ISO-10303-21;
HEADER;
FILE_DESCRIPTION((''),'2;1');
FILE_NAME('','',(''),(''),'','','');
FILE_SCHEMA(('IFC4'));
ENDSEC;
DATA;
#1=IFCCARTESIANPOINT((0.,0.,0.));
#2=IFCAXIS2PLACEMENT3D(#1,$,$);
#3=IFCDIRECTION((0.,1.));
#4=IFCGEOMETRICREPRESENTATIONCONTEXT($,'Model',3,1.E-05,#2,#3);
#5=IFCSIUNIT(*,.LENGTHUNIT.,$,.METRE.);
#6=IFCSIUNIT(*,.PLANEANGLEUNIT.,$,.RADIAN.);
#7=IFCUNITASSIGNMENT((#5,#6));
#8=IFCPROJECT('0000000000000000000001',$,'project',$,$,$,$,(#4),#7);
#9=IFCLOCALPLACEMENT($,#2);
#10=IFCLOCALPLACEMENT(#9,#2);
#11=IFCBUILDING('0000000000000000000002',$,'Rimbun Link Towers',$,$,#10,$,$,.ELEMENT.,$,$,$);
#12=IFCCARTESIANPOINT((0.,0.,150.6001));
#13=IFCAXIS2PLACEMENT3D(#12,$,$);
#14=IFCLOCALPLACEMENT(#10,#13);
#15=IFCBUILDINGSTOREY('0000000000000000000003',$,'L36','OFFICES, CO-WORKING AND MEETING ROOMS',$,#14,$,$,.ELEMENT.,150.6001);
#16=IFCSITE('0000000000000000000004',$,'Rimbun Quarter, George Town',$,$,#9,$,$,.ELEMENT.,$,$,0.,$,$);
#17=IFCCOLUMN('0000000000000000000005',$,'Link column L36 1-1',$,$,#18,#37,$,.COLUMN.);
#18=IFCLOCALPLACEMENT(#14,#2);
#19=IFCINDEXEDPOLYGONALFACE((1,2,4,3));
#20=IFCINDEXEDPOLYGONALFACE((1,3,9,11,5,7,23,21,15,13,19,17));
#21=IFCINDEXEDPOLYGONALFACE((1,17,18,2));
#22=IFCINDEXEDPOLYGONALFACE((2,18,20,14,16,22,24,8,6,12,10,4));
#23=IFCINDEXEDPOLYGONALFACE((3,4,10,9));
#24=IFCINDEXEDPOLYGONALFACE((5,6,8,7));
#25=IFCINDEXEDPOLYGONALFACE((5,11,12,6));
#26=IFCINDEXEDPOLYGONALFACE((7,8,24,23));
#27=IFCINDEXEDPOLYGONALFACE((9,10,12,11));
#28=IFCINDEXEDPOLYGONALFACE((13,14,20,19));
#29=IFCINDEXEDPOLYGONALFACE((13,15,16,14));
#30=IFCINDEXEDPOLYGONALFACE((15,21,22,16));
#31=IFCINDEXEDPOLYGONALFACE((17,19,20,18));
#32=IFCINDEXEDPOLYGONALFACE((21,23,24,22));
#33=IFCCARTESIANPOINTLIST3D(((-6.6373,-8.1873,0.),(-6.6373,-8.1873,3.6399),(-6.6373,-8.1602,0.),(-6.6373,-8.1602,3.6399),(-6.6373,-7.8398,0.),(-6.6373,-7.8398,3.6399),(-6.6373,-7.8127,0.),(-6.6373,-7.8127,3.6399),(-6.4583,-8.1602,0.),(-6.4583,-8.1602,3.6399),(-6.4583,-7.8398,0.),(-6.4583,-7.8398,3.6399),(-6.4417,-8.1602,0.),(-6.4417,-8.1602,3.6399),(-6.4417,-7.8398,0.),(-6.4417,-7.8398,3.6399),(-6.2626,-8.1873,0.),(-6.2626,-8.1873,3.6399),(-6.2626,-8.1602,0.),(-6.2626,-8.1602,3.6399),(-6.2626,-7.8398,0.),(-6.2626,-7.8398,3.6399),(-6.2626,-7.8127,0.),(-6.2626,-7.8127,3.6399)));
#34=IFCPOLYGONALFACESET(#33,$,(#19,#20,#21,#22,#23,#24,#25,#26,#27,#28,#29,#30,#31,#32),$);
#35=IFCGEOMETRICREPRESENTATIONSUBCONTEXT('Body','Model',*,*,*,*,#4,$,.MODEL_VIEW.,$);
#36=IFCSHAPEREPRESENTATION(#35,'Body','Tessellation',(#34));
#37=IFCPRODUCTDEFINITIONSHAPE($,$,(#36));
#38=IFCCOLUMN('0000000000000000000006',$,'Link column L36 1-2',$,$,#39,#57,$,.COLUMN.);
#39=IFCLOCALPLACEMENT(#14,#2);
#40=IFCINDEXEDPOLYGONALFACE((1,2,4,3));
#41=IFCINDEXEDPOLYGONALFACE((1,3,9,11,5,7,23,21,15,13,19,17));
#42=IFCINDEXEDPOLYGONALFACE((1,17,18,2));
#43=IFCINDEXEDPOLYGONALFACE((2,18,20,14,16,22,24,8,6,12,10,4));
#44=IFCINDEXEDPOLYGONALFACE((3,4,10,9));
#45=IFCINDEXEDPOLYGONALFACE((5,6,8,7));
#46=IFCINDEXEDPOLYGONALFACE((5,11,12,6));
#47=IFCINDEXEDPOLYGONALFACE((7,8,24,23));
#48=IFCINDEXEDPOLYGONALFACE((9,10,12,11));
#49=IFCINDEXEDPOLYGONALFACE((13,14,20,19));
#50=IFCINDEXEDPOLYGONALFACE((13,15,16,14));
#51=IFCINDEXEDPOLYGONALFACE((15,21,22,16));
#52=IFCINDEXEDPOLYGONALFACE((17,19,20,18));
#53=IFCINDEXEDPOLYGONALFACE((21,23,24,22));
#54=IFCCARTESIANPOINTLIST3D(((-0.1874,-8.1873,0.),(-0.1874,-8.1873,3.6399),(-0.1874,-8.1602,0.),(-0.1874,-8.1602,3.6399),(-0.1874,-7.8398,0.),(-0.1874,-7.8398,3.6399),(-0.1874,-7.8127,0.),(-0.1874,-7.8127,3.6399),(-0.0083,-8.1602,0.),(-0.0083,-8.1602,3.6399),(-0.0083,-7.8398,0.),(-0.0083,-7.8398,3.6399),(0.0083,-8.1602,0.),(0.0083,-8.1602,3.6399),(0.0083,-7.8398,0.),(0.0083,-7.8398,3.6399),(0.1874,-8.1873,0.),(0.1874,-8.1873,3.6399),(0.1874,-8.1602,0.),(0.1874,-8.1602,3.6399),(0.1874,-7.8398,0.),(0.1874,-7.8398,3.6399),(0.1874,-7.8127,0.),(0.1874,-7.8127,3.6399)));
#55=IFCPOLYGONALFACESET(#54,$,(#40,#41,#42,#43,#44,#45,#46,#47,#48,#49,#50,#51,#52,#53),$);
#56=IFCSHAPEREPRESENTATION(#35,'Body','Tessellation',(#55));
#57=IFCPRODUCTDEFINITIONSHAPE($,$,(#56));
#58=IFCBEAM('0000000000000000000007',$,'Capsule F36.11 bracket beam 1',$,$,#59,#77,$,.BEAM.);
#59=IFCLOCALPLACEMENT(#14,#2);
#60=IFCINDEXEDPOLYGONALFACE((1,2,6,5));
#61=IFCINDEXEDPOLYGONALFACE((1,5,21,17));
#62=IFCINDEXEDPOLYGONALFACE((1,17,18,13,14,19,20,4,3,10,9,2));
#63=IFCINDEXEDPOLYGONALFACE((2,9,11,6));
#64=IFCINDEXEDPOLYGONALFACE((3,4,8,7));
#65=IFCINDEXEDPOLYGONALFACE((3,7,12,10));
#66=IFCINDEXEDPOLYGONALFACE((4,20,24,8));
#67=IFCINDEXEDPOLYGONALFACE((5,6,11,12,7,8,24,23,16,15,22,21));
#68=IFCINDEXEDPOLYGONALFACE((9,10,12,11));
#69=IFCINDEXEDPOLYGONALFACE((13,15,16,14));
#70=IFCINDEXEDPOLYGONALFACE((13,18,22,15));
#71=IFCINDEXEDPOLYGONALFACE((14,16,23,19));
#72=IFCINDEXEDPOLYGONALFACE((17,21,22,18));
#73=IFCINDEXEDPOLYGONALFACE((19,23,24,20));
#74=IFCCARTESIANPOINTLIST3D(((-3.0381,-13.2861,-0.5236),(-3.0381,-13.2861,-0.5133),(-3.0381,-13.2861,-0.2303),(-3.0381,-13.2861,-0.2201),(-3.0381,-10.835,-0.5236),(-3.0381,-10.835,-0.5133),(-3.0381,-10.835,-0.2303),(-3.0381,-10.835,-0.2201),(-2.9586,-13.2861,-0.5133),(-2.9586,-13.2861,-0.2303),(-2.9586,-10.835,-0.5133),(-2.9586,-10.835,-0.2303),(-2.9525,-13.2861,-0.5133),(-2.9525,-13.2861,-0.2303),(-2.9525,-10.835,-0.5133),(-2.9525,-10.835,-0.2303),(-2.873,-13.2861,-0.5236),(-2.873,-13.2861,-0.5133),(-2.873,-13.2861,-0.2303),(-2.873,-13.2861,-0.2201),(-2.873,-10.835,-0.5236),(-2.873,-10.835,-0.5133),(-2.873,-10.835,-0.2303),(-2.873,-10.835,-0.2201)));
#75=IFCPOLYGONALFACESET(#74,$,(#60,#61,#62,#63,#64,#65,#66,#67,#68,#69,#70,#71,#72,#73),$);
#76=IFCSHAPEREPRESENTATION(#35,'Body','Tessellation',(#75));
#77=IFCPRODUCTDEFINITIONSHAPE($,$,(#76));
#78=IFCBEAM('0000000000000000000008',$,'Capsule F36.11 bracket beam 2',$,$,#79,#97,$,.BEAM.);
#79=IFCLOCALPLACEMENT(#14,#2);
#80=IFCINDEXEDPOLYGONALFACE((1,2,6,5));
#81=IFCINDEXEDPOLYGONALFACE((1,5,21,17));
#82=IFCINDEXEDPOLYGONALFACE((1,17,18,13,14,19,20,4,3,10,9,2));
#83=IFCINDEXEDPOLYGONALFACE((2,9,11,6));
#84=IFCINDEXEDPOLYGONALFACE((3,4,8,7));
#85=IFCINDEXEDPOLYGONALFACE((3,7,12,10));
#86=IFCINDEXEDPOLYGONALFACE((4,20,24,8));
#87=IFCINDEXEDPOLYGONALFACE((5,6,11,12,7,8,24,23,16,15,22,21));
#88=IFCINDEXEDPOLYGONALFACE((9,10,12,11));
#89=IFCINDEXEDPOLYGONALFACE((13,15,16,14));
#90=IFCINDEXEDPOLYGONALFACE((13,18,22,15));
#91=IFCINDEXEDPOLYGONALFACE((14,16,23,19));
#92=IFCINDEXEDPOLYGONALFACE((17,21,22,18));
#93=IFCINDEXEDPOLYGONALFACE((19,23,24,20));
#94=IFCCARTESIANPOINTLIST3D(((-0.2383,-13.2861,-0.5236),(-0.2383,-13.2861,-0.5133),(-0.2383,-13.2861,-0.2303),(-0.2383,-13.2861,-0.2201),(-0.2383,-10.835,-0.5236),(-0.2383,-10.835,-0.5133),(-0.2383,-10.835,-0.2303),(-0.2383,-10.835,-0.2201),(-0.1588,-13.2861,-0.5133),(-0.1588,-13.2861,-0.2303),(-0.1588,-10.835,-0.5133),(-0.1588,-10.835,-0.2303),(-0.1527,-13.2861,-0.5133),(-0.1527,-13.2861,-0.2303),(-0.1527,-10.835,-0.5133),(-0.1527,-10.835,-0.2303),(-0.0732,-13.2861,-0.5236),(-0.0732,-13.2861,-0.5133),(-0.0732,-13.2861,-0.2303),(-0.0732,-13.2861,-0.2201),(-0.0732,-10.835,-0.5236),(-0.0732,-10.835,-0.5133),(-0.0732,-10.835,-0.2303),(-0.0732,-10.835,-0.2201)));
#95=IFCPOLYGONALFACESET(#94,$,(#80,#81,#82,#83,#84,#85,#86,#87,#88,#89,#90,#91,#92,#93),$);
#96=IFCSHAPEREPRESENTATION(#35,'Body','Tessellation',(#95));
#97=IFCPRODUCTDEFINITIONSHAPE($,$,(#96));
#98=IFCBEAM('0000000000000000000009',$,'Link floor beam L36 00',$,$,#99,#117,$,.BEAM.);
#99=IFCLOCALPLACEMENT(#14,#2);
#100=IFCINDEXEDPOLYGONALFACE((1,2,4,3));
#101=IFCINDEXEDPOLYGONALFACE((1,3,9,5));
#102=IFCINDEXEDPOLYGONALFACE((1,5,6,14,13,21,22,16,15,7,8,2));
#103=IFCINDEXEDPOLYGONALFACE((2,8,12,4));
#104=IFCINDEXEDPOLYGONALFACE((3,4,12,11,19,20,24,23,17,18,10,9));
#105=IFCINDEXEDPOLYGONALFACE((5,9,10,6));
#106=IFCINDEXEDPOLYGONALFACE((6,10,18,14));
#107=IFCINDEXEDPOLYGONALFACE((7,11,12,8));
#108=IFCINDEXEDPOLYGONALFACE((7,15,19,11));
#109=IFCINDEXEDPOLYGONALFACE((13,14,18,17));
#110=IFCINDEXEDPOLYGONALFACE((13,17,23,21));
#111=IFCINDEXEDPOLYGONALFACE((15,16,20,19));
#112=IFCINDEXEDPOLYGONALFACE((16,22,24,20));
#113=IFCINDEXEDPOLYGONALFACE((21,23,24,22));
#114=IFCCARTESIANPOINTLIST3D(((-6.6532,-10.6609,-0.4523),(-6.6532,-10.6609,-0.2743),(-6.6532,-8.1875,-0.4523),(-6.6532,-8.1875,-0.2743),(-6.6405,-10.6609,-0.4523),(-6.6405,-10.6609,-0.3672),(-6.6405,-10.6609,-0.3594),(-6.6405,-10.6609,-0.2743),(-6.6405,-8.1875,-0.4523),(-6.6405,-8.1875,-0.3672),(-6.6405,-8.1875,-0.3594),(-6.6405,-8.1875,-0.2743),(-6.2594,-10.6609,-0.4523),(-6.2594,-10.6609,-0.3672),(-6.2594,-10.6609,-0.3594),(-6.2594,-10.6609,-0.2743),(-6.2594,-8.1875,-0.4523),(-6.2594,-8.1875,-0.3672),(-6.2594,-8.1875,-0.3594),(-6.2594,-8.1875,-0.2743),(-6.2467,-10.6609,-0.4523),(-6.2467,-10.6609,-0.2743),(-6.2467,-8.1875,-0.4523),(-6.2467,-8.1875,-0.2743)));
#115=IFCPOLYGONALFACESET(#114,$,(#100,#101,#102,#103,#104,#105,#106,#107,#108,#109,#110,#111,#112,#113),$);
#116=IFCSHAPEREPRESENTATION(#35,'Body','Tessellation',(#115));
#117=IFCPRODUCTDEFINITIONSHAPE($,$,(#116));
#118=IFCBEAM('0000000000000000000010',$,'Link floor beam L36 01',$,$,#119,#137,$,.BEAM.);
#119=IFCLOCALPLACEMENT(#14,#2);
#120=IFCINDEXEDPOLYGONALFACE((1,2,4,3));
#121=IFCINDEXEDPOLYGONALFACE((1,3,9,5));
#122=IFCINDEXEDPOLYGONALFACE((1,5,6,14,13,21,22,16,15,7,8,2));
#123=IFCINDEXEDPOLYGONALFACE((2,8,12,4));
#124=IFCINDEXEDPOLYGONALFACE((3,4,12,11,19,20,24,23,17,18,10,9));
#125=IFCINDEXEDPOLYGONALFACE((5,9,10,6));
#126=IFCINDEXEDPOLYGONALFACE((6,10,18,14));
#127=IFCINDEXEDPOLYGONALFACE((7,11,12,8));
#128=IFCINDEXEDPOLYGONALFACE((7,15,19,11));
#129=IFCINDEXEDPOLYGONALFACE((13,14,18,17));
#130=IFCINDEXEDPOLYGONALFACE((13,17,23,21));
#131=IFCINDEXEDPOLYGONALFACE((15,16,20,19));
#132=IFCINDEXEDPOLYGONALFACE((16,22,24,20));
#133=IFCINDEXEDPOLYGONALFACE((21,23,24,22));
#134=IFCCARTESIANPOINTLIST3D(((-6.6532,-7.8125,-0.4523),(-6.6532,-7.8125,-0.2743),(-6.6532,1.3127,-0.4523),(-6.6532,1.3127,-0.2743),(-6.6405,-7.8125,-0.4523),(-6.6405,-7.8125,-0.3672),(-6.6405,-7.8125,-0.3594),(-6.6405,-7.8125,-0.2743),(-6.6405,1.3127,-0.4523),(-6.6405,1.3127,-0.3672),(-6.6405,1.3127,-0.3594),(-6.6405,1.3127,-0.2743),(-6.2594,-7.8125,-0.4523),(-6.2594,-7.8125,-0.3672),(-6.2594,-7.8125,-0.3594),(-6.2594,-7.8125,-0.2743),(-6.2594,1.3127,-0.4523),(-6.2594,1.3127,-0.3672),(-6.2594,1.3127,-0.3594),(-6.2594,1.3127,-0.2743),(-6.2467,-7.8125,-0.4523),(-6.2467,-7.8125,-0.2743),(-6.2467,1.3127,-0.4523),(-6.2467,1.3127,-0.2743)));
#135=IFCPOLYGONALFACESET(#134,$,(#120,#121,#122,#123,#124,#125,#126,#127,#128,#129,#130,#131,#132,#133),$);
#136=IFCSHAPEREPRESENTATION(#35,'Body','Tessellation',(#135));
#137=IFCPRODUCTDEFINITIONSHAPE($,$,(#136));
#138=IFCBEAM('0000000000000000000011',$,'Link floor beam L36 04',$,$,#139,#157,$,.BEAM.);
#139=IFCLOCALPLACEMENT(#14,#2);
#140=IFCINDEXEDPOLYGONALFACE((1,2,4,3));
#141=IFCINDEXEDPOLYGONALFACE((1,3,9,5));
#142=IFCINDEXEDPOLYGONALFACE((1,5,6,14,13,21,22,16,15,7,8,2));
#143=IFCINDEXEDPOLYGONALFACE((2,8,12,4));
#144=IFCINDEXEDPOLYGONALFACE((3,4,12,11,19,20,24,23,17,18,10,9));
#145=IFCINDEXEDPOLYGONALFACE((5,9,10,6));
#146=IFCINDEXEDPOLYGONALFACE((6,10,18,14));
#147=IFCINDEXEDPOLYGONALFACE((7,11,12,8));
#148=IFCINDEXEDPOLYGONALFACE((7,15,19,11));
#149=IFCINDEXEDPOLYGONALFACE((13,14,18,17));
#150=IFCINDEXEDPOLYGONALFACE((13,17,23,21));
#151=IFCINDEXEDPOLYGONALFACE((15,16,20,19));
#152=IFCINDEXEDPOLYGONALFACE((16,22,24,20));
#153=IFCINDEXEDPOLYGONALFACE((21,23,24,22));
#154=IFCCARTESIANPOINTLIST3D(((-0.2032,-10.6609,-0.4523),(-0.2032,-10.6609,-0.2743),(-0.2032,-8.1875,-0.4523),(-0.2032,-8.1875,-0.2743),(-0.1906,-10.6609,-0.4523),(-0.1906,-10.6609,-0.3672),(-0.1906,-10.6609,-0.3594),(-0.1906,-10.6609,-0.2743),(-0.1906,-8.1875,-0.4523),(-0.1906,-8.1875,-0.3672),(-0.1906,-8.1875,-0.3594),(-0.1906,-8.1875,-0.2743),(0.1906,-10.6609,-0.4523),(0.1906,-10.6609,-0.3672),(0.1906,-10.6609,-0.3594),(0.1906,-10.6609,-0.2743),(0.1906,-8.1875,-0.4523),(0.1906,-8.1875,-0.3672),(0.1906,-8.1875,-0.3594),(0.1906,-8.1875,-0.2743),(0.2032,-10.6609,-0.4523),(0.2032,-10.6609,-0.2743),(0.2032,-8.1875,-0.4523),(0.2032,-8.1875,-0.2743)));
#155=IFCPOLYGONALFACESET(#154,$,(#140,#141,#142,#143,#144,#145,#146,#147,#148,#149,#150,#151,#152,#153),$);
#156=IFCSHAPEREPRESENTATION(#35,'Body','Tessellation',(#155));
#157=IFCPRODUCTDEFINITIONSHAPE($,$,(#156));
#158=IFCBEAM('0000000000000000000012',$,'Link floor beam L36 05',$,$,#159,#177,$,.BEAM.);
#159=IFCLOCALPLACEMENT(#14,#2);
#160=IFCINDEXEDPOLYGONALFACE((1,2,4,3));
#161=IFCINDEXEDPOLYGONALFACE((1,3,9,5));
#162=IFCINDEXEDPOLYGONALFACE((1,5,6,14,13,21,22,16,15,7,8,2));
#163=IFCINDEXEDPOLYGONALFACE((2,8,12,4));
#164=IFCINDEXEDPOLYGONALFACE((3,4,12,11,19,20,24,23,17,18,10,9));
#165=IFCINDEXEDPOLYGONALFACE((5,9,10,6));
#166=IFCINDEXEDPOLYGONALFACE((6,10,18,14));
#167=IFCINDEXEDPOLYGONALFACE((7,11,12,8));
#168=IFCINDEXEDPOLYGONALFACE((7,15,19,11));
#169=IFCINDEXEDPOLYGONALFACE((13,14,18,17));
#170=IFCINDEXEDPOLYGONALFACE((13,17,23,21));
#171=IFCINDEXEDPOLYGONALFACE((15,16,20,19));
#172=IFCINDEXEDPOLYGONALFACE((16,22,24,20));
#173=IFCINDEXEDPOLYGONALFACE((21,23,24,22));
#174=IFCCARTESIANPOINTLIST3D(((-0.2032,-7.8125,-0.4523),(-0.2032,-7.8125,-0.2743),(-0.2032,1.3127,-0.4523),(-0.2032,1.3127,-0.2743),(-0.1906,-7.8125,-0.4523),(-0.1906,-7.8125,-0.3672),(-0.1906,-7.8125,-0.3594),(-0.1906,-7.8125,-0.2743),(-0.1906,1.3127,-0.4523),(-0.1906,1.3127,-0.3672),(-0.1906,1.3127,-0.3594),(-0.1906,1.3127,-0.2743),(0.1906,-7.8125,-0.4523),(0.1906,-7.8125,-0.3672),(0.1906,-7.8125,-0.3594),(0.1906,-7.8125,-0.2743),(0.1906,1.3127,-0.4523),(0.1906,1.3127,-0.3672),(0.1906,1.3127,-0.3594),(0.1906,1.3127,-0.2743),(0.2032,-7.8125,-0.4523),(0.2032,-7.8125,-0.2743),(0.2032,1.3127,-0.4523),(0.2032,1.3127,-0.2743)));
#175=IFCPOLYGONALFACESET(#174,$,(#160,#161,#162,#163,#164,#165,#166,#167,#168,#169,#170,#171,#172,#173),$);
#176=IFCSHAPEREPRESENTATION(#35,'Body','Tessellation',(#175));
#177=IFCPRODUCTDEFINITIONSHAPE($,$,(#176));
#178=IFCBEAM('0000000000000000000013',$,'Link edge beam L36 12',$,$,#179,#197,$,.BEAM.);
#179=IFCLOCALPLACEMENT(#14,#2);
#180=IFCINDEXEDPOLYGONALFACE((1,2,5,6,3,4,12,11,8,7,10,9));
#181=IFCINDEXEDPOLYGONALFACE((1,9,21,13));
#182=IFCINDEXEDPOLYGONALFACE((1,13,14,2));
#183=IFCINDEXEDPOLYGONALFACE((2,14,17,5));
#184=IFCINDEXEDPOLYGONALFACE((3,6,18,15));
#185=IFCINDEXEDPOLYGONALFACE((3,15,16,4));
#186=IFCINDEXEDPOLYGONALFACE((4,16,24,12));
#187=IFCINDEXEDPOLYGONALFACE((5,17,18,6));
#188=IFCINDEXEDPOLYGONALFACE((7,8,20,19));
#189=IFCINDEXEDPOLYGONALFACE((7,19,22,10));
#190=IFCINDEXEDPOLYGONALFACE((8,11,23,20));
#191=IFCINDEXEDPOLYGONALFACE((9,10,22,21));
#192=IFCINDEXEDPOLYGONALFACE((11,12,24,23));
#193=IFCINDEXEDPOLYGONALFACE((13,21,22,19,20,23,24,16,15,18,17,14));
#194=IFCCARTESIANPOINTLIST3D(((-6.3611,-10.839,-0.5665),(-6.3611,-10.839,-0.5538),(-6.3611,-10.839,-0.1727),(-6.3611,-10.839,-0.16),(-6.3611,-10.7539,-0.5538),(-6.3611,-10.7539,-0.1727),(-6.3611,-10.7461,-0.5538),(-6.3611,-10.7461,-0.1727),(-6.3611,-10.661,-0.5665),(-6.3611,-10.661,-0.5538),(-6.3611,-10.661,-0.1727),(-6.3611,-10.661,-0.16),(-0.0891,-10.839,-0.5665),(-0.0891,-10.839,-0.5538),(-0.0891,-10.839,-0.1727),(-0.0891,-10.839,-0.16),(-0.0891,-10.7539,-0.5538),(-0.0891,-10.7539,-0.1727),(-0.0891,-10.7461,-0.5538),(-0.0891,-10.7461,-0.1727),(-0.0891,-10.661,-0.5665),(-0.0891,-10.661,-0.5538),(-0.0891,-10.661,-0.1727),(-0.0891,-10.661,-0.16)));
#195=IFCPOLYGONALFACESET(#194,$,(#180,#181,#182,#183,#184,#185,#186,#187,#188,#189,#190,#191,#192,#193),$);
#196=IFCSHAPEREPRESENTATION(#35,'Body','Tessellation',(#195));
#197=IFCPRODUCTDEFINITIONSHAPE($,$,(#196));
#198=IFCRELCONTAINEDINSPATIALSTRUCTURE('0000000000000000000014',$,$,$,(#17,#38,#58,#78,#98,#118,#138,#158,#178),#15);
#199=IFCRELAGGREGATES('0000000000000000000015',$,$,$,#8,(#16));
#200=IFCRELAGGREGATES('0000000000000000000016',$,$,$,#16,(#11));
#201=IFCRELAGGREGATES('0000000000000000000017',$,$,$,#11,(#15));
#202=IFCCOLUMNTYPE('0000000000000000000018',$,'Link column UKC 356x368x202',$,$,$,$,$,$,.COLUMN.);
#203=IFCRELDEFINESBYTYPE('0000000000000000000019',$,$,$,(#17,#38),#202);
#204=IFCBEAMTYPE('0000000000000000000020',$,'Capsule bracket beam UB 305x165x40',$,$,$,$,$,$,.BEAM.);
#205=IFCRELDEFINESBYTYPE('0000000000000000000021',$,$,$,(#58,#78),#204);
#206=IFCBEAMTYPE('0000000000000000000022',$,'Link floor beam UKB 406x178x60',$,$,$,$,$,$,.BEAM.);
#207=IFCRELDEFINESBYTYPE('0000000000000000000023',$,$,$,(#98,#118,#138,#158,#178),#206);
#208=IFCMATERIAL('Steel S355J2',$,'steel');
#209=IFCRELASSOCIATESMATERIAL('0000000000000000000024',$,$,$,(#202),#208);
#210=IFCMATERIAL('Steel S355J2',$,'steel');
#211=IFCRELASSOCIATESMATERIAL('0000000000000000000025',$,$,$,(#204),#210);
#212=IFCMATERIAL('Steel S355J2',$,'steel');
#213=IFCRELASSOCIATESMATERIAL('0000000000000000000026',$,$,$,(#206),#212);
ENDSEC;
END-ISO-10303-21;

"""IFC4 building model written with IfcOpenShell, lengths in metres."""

from ifc_helpers import new_model, si_unit, direction, frame, origin, origin_2d, place, context, subcontext, project, spatial, i_section, extrude, material, material_profile, profile_set, type_object, element, save


model = new_model("IFC4")

# Units and contexts
model_context = context("Model", 3, precision=1e-05, world=origin(), true_north=direction((0.0, 1.0)))
body_context = subcontext(model_context, "Body", "Model", "MODEL_VIEW")
ifc_project = project(units=[si_unit("LENGTHUNIT", "METRE"), si_unit("PLANEANGLEUNIT", "RADIAN")], contexts=[model_context])

# Site, building, storey
site_placement = place(None, origin())
site = spatial("IfcSite", under=ifc_project, at=site_placement, Name="Rimbun Quarter, George Town", CompositionType="ELEMENT", RefElevation=0.0)
building_placement = place(site_placement, origin())
building = spatial("IfcBuilding", under=site, at=building_placement, Name="Rimbun Link Towers", CompositionType="ELEMENT")
storey_placement = place(building_placement, frame((0.0, 0.0, 150.6001)))
storey = spatial("IfcBuildingStorey", under=building, at=storey_placement, Name="L36", Description="OFFICES, CO-WORKING AND MEETING ROOMS", CompositionType="ELEMENT", Elevation=150.6001)

# Columns
ifc_material_1 = material(Name="Steel S355J2", Category="steel")
ifc_material_profile_1 = material_profile(ifc_material_1, i_section(OverallWidth=0.3748, OverallDepth=0.3745, WebThickness=0.0166, FlangeThickness=0.0271, at=origin_2d()), Name="UKC 356x368x202")
ifc_profile_set_1 = profile_set([ifc_material_profile_1], Name="Steel S355J2")
column_type = type_object("IfcColumnType", Name="Link column UKC 356x368x202", PredefinedType="COLUMN", material=ifc_profile_set_1)
for number, where, z_axis, x_axis, name in (
    (1, (-6.45, -8.0, 0.0), (0.0, 0.0, 1.0), (1.0, 0.0, 0.0), "Link column L36 1-1"),
    (2, (0.0, -8.0, 0.0), (0.0, 0.0, 1.0), (1.0, 0.0, 0.0), "Link column L36 1-2"),
):
    element("IfcColumn", number, at=place(storey_placement, frame(where, z_axis=z_axis, x_axis=x_axis)), inside=storey, type_object=column_type, Name=name, PredefinedType="COLUMN", context=body_context, shape_type="SweptSolid", body=[
        extrude(i_section(OverallWidth=0.3748, OverallDepth=0.3745, WebThickness=0.0166, FlangeThickness=0.0271, at=origin_2d()), origin(), (0.0, 0.0, 1.0), 3.6399),
    ])

# Beams
ifc_material_2 = material(Name="Steel S355J2", Category="steel")
ifc_material_profile_2 = material_profile(ifc_material_2, i_section(OverallWidth=0.165, OverallDepth=0.3035, WebThickness=0.0061, FlangeThickness=0.0103, at=origin_2d()), Name="UB 305x165x40")
ifc_profile_set_2 = profile_set([ifc_material_profile_2], Name="Steel S355J2")
beam_type_1 = type_object("IfcBeamType", Name="Capsule bracket beam UB 305x165x40", PredefinedType="BEAM", material=ifc_profile_set_2)
for number, where, z_axis, x_axis, name in (
    (3, (-2.9556, -10.835, -0.3718), (0.0, -1.0, 0.0), (1.0, 0.0, 0.0), "Capsule F36.11 bracket beam 1"),
    (4, (-0.1558, -10.835, -0.3718), (0.0, -1.0, 0.0), (1.0, 0.0, 0.0), "Capsule F36.11 bracket beam 2"),
):
    element("IfcBeam", number, at=place(storey_placement, frame(where, z_axis=z_axis, x_axis=x_axis)), inside=storey, type_object=beam_type_1, Name=name, PredefinedType="BEAM", context=body_context, shape_type="SweptSolid", body=[
        extrude(i_section(OverallWidth=0.165, OverallDepth=0.3035, WebThickness=0.0061, FlangeThickness=0.0103, at=origin_2d()), origin(), (0.0, 0.0, 1.0), 2.4512),
    ])
ifc_material_3 = material(Name="Steel S355J2", Category="steel")
ifc_material_profile_3 = material_profile(ifc_material_3, i_section(OverallWidth=0.178, OverallDepth=0.4065, WebThickness=0.0078, FlangeThickness=0.0127, at=origin_2d()), Name="UKB 406x178x60")
ifc_profile_set_3 = profile_set([ifc_material_profile_3], Name="Steel S355J2")
beam_type_2 = type_object("IfcBeamType", Name="Link floor beam UKB 406x178x60", PredefinedType="BEAM", material=ifc_profile_set_3)
beam_1_placement = place(storey_placement, frame((-6.45, -10.6609, -0.3633), z_axis=(0.0, 1.0, 0.0), x_axis=(0.0, 0.0, 1.0)))
element("IfcBeam", 5, at=beam_1_placement, inside=storey, type_object=beam_type_2, Name="Link floor beam L36 00", PredefinedType="BEAM", context=body_context, shape_type="SweptSolid", body=[
    extrude(i_section(OverallWidth=0.178, OverallDepth=0.4065, WebThickness=0.0078, FlangeThickness=0.0127, at=origin_2d()), origin(), (0.0, 0.0, 1.0), 2.4734),
])
beam_2_placement = place(storey_placement, frame((-6.45, -7.8125, -0.3633), z_axis=(0.0, 1.0, 0.0), x_axis=(0.0, 0.0, 1.0)))
element("IfcBeam", 6, at=beam_2_placement, inside=storey, type_object=beam_type_2, Name="Link floor beam L36 01", PredefinedType="BEAM", context=body_context, shape_type="SweptSolid", body=[
    extrude(i_section(OverallWidth=0.178, OverallDepth=0.4065, WebThickness=0.0078, FlangeThickness=0.0127, at=origin_2d()), origin(), (0.0, 0.0, 1.0), 9.1252),
])
beam_3_placement = place(storey_placement, frame((0.0, -10.6609, -0.3633), z_axis=(0.0, 1.0, 0.0), x_axis=(0.0, 0.0, 1.0)))
element("IfcBeam", 7, at=beam_3_placement, inside=storey, type_object=beam_type_2, Name="Link floor beam L36 04", PredefinedType="BEAM", context=body_context, shape_type="SweptSolid", body=[
    extrude(i_section(OverallWidth=0.178, OverallDepth=0.4065, WebThickness=0.0078, FlangeThickness=0.0127, at=origin_2d()), origin(), (0.0, 0.0, 1.0), 2.4734),
])
beam_4_placement = place(storey_placement, frame((0.0, -7.8125, -0.3633), z_axis=(0.0, 1.0, 0.0), x_axis=(0.0, 0.0, 1.0)))
element("IfcBeam", 8, at=beam_4_placement, inside=storey, type_object=beam_type_2, Name="Link floor beam L36 05", PredefinedType="BEAM", context=body_context, shape_type="SweptSolid", body=[
    extrude(i_section(OverallWidth=0.178, OverallDepth=0.4065, WebThickness=0.0078, FlangeThickness=0.0127, at=origin_2d()), origin(), (0.0, 0.0, 1.0), 9.1252),
])
beam_5_placement = place(storey_placement, frame((-6.3611, -10.75, -0.3633), z_axis=(1.0, 0.0, 0.0), x_axis=(0.0, 1.0, 0.0)))
element("IfcBeam", 9, at=beam_5_placement, inside=storey, type_object=beam_type_2, Name="Link edge beam L36 12", PredefinedType="BEAM", context=body_context, shape_type="SweptSolid", body=[
    extrude(i_section(OverallWidth=0.178, OverallDepth=0.4065, WebThickness=0.0078, FlangeThickness=0.0127, at=origin_2d()), origin(), (0.0, 0.0, 1.0), 6.272),
])

save(model, "model.ifc")
